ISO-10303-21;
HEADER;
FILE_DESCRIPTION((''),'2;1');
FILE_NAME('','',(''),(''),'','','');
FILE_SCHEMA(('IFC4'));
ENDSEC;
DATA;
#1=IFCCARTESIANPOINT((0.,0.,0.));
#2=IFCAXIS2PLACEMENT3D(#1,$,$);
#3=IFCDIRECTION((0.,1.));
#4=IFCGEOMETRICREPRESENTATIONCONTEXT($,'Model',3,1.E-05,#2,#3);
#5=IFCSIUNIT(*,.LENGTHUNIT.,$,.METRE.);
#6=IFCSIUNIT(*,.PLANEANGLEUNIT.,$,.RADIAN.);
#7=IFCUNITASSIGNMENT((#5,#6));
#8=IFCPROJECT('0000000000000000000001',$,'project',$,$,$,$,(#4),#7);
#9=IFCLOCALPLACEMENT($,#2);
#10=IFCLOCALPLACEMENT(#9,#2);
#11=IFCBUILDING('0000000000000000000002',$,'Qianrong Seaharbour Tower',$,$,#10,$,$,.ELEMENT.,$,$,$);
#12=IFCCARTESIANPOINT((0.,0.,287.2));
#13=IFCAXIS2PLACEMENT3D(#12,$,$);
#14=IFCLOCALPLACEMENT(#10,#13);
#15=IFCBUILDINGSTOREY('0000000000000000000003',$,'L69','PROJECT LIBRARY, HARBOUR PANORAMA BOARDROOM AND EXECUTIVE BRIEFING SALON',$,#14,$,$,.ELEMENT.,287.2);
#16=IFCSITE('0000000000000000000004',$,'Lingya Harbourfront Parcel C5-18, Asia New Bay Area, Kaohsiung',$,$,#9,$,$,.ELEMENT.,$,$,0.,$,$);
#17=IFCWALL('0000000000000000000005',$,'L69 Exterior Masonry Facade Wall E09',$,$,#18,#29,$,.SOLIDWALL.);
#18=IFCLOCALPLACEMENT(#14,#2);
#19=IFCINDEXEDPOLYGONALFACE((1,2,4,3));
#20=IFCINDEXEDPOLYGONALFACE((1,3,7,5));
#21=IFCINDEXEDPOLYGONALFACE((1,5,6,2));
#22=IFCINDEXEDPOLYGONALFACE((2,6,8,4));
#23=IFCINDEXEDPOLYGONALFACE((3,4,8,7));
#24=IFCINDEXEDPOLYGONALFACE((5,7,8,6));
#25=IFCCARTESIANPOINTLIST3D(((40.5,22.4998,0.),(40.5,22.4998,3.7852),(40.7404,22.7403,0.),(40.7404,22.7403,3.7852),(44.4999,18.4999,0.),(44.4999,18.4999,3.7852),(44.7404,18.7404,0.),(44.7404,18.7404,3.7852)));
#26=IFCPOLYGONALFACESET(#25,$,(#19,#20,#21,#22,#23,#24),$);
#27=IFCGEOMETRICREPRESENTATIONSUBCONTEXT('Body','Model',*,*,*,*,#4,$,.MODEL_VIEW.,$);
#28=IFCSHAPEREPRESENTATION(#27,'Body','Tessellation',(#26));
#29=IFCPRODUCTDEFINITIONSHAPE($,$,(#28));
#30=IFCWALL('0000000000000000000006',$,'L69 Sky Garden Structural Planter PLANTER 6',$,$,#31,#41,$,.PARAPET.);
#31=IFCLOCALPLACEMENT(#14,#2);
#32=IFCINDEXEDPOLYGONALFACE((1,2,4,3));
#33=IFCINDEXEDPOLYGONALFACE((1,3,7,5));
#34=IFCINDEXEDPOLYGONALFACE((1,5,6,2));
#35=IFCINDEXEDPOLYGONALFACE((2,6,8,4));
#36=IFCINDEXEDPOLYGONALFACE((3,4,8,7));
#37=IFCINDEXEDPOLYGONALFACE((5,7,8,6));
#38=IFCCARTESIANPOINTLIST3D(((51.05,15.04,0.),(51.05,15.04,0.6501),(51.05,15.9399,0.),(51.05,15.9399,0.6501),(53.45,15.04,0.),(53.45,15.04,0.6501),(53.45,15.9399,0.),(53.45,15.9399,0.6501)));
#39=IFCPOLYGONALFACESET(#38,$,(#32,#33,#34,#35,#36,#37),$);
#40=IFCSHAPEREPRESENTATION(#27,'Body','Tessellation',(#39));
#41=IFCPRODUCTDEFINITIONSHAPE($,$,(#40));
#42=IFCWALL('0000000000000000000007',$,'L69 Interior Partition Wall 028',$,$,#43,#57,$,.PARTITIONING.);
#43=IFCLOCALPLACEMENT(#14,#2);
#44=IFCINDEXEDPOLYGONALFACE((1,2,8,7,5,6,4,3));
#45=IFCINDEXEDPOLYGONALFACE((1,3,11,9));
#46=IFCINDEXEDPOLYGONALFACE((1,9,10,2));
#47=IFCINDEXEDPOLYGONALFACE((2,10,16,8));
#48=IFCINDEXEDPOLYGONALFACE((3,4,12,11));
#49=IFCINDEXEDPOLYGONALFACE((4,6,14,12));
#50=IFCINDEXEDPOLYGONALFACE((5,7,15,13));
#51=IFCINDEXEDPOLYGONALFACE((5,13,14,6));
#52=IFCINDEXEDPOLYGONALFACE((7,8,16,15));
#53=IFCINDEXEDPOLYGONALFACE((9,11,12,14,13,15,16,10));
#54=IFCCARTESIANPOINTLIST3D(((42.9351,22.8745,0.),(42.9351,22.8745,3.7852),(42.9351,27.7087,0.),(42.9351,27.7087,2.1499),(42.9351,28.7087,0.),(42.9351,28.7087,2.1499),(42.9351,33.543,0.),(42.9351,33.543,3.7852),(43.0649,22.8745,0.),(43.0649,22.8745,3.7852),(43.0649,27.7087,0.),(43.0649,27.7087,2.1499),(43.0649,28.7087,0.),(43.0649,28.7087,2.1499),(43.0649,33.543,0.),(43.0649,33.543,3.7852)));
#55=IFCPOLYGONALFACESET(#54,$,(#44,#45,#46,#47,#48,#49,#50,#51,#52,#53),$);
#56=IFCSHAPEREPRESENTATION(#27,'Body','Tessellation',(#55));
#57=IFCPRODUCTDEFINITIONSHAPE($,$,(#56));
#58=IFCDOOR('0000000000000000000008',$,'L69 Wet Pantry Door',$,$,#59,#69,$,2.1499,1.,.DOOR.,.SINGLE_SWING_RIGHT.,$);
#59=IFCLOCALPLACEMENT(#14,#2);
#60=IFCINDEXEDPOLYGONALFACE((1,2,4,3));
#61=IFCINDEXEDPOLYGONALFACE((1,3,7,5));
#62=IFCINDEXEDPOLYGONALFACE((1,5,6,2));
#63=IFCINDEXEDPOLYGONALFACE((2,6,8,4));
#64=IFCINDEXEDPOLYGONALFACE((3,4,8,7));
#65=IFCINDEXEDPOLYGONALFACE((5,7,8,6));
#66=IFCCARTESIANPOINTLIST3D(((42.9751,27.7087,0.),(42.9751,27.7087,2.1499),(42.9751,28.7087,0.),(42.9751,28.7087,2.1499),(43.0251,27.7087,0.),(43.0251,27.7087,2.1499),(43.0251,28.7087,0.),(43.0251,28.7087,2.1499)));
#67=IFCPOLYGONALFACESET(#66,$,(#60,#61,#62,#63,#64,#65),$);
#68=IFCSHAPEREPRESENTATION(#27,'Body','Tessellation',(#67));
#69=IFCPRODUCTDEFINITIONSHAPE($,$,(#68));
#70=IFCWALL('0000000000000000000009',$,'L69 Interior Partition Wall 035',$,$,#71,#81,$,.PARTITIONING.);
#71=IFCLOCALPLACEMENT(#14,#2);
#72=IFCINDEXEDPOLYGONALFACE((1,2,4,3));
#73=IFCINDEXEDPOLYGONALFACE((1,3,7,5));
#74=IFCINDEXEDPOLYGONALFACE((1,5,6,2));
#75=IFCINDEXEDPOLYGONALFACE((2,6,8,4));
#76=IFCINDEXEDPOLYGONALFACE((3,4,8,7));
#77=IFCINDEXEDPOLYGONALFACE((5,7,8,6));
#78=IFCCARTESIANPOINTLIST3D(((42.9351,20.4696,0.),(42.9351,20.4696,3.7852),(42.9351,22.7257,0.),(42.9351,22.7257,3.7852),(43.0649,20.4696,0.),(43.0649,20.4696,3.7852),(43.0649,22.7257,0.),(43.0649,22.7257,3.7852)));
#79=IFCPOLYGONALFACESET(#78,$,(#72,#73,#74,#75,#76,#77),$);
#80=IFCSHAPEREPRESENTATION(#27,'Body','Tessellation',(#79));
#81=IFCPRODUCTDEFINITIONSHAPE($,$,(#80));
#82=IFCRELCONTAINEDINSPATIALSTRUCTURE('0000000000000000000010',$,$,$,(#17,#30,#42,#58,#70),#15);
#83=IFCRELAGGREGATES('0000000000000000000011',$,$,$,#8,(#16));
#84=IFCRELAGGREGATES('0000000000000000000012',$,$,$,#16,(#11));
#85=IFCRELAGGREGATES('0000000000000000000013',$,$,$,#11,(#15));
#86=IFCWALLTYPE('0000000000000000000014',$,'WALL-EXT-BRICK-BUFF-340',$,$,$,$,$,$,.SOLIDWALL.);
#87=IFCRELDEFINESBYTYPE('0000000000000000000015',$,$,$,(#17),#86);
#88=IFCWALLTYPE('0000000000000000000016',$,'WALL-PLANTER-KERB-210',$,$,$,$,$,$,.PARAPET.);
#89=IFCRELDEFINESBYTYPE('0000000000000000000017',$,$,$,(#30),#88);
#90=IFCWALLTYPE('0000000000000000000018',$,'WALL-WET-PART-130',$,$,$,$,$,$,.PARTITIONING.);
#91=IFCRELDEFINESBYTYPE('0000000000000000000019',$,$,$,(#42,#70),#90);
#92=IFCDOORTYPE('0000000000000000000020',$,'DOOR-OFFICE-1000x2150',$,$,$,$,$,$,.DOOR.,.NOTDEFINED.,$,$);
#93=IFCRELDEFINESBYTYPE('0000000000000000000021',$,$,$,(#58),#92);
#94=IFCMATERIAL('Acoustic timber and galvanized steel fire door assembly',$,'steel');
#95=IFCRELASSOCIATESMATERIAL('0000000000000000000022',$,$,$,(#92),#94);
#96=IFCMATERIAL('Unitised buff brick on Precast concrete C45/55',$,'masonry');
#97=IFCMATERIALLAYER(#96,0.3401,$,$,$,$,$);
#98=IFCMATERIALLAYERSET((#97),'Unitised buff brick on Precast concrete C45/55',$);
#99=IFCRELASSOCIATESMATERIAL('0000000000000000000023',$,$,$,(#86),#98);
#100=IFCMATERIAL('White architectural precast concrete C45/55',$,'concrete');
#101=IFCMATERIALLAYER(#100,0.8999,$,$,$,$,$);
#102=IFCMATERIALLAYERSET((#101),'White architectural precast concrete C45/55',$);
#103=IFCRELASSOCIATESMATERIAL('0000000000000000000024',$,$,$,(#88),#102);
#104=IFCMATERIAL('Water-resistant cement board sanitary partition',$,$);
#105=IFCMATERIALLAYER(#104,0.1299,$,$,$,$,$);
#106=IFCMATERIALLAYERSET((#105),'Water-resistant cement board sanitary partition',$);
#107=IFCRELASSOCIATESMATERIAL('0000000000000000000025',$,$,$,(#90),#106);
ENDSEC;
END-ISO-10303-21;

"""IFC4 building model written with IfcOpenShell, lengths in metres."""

from ifc_helpers import new_model, si_unit, direction, frame, frame_2d, origin, place, context, subcontext, project, spatial, rectangle, extrude, material, layer, layer_set, type_object, element, fill, save


model = new_model("IFC4")

# Units and contexts
model_context = context("Model", 3, precision=1e-05, world=origin(), true_north=direction((0.0, 1.0)))
body_context = subcontext(model_context, "Body", "Model", "MODEL_VIEW")
ifc_project = project(units=[si_unit("LENGTHUNIT", "METRE"), si_unit("PLANEANGLEUNIT", "RADIAN")], contexts=[model_context])

# Site, building, storey
site_placement = place(None, origin())
site = spatial("IfcSite", under=ifc_project, at=site_placement, Name="Lingya Harbourfront Parcel C5-18, Asia New Bay Area, Kaohsiung", CompositionType="ELEMENT", RefElevation=0.0)
building_placement = place(site_placement, origin())
building = spatial("IfcBuilding", under=site, at=building_placement, Name="Qianrong Seaharbour Tower", CompositionType="ELEMENT")
storey_placement = place(building_placement, frame((0.0, 0.0, 287.2)))
storey = spatial("IfcBuildingStorey", under=building, at=storey_placement, Name="L69", Description="PROJECT LIBRARY, HARBOUR PANORAMA BOARDROOM AND EXECUTIVE BRIEFING SALON", CompositionType="ELEMENT", Elevation=287.2)

# Shared definitions
ifc_material_1 = material(Name="Acoustic timber and galvanized steel fire door assembly", Category="steel")
door_type_1 = type_object("IfcDoorType", Name="DOOR-OFFICE-1000x2150", OperationType="NOTDEFINED", PredefinedType="DOOR", material=ifc_material_1)

# Shared definitions
ifc_material_2 = material(Name="Unitised buff brick on Precast concrete C45/55", Category="masonry")
ifc_layer_1 = layer(ifc_material_2, 0.3401)
ifc_layer_set_1 = layer_set([ifc_layer_1], Name="Unitised buff brick on Precast concrete C45/55")
wall_type_1 = type_object("IfcWallType", Name="WALL-EXT-BRICK-BUFF-340", PredefinedType="SOLIDWALL", material=ifc_layer_set_1)

# Walls
wall_1_placement = place(storey_placement, frame((44.6201, 18.6201, 0.0), z_axis=(0.0, 0.0, 1.0), x_axis=(-0.707107, 0.707107, 0.0)))
element("IfcWall", 1, at=wall_1_placement, inside=storey, type_object=wall_type_1, Name="L69 Exterior Masonry Facade Wall E09", PredefinedType="SOLIDWALL", context=body_context, shape_type="SweptSolid", body=[
    extrude(rectangle(XDim=5.6567, YDim=0.3401, at=frame_2d((2.8284, 0.0))), origin(), (0.0, 0.0, 1.0), 3.7852),
])
ifc_material_3 = material(Name="White architectural precast concrete C45/55", Category="concrete")
ifc_layer_2 = layer(ifc_material_3, 0.8999)
ifc_layer_set_2 = layer_set([ifc_layer_2], Name="White architectural precast concrete C45/55")
wall_type_2 = type_object("IfcWallType", Name="WALL-PLANTER-KERB-210", PredefinedType="PARAPET", material=ifc_layer_set_2)
wall_2_placement = place(storey_placement, frame((51.05, 15.49, 0.0), z_axis=(0.0, 0.0, 1.0), x_axis=(1.0, 0.0, 0.0)))
element("IfcWall", 2, at=wall_2_placement, inside=storey, type_object=wall_type_2, Name="L69 Sky Garden Structural Planter PLANTER 6", PredefinedType="PARAPET", context=body_context, shape_type="SweptSolid", body=[
    extrude(rectangle(XDim=2.3999, YDim=0.8999, at=frame_2d((1.2, 0.0))), origin(), (0.0, 0.0, 1.0), 0.6501),
])

# Wall, opening, door
ifc_material_4 = material(Name="Water-resistant cement board sanitary partition")
ifc_layer_3 = layer(ifc_material_4, 0.1299)
ifc_layer_set_3 = layer_set([ifc_layer_3], Name="Water-resistant cement board sanitary partition")
wall_type_3 = type_object("IfcWallType", Name="WALL-WET-PART-130", PredefinedType="PARTITIONING", material=ifc_layer_set_3)
wall_3_placement = place(storey_placement, frame((43.0, 22.8745, 0.0), z_axis=(0.0, 0.0, 1.0), x_axis=(0.0, 1.0, 0.0)))
wall_3 = element("IfcWall", 3, at=wall_3_placement, inside=storey, type_object=wall_type_3, Name="L69 Interior Partition Wall 028", PredefinedType="PARTITIONING", context=body_context, shape_type="SweptSolid", body=[
    extrude(rectangle(XDim=10.6685, YDim=0.1299, at=frame_2d((5.3342, 0.0))), origin(), (0.0, 0.0, 1.0), 3.7852),
])
opening_1_placement = place(wall_3_placement, frame((4.8342, 0.0, 0.0)))
opening_1 = element("IfcOpeningElement", 4, at=opening_1_placement, cuts=wall_3, PredefinedType="OPENING", context=body_context, shape_type="SweptSolid", body=[
    extrude(rectangle(XDim=1.0, YDim=2.1499, at=frame_2d((0.5, 1.075))), frame((0.0, 0.075, 0.0), z_axis=(0.0, -1.0, 0.0), x_axis=(1.0, 0.0, 0.0)), (0.0, 0.0, 1.0), 0.1499),
])
door_1_placement = place(opening_1_placement, origin())
door_1 = element("IfcDoor", 5, at=door_1_placement, inside=storey, type_object=door_type_1, Name="L69 Wet Pantry Door", OperationType="SINGLE_SWING_RIGHT", OverallHeight=2.1499, OverallWidth=1.0, PredefinedType="DOOR", context=body_context, shape_type="SweptSolid", body=[
    extrude(rectangle(XDim=1.0, YDim=2.1499, at=frame_2d((0.5, 1.075))), frame((0.0, 0.0249, 0.0), z_axis=(0.0, -1.0, 0.0), x_axis=(1.0, 0.0, 0.0)), (0.0, 0.0, 1.0), 0.05),
])
fill(opening_1, door_1)

# Wall
wall_4_placement = place(storey_placement, frame((43.0, 22.7256, 0.0), z_axis=(0.0, 0.0, 1.0), x_axis=(0.0, -1.0, 0.0)))
element("IfcWall", 6, at=wall_4_placement, inside=storey, type_object=wall_type_3, Name="L69 Interior Partition Wall 035", PredefinedType="PARTITIONING", context=body_context, shape_type="SweptSolid", body=[
    extrude(rectangle(XDim=2.2561, YDim=0.1299, at=frame_2d((1.1279, 0.0))), origin(), (0.0, 0.0, 1.0), 3.7852),
])

save(model, "model.ifc")
